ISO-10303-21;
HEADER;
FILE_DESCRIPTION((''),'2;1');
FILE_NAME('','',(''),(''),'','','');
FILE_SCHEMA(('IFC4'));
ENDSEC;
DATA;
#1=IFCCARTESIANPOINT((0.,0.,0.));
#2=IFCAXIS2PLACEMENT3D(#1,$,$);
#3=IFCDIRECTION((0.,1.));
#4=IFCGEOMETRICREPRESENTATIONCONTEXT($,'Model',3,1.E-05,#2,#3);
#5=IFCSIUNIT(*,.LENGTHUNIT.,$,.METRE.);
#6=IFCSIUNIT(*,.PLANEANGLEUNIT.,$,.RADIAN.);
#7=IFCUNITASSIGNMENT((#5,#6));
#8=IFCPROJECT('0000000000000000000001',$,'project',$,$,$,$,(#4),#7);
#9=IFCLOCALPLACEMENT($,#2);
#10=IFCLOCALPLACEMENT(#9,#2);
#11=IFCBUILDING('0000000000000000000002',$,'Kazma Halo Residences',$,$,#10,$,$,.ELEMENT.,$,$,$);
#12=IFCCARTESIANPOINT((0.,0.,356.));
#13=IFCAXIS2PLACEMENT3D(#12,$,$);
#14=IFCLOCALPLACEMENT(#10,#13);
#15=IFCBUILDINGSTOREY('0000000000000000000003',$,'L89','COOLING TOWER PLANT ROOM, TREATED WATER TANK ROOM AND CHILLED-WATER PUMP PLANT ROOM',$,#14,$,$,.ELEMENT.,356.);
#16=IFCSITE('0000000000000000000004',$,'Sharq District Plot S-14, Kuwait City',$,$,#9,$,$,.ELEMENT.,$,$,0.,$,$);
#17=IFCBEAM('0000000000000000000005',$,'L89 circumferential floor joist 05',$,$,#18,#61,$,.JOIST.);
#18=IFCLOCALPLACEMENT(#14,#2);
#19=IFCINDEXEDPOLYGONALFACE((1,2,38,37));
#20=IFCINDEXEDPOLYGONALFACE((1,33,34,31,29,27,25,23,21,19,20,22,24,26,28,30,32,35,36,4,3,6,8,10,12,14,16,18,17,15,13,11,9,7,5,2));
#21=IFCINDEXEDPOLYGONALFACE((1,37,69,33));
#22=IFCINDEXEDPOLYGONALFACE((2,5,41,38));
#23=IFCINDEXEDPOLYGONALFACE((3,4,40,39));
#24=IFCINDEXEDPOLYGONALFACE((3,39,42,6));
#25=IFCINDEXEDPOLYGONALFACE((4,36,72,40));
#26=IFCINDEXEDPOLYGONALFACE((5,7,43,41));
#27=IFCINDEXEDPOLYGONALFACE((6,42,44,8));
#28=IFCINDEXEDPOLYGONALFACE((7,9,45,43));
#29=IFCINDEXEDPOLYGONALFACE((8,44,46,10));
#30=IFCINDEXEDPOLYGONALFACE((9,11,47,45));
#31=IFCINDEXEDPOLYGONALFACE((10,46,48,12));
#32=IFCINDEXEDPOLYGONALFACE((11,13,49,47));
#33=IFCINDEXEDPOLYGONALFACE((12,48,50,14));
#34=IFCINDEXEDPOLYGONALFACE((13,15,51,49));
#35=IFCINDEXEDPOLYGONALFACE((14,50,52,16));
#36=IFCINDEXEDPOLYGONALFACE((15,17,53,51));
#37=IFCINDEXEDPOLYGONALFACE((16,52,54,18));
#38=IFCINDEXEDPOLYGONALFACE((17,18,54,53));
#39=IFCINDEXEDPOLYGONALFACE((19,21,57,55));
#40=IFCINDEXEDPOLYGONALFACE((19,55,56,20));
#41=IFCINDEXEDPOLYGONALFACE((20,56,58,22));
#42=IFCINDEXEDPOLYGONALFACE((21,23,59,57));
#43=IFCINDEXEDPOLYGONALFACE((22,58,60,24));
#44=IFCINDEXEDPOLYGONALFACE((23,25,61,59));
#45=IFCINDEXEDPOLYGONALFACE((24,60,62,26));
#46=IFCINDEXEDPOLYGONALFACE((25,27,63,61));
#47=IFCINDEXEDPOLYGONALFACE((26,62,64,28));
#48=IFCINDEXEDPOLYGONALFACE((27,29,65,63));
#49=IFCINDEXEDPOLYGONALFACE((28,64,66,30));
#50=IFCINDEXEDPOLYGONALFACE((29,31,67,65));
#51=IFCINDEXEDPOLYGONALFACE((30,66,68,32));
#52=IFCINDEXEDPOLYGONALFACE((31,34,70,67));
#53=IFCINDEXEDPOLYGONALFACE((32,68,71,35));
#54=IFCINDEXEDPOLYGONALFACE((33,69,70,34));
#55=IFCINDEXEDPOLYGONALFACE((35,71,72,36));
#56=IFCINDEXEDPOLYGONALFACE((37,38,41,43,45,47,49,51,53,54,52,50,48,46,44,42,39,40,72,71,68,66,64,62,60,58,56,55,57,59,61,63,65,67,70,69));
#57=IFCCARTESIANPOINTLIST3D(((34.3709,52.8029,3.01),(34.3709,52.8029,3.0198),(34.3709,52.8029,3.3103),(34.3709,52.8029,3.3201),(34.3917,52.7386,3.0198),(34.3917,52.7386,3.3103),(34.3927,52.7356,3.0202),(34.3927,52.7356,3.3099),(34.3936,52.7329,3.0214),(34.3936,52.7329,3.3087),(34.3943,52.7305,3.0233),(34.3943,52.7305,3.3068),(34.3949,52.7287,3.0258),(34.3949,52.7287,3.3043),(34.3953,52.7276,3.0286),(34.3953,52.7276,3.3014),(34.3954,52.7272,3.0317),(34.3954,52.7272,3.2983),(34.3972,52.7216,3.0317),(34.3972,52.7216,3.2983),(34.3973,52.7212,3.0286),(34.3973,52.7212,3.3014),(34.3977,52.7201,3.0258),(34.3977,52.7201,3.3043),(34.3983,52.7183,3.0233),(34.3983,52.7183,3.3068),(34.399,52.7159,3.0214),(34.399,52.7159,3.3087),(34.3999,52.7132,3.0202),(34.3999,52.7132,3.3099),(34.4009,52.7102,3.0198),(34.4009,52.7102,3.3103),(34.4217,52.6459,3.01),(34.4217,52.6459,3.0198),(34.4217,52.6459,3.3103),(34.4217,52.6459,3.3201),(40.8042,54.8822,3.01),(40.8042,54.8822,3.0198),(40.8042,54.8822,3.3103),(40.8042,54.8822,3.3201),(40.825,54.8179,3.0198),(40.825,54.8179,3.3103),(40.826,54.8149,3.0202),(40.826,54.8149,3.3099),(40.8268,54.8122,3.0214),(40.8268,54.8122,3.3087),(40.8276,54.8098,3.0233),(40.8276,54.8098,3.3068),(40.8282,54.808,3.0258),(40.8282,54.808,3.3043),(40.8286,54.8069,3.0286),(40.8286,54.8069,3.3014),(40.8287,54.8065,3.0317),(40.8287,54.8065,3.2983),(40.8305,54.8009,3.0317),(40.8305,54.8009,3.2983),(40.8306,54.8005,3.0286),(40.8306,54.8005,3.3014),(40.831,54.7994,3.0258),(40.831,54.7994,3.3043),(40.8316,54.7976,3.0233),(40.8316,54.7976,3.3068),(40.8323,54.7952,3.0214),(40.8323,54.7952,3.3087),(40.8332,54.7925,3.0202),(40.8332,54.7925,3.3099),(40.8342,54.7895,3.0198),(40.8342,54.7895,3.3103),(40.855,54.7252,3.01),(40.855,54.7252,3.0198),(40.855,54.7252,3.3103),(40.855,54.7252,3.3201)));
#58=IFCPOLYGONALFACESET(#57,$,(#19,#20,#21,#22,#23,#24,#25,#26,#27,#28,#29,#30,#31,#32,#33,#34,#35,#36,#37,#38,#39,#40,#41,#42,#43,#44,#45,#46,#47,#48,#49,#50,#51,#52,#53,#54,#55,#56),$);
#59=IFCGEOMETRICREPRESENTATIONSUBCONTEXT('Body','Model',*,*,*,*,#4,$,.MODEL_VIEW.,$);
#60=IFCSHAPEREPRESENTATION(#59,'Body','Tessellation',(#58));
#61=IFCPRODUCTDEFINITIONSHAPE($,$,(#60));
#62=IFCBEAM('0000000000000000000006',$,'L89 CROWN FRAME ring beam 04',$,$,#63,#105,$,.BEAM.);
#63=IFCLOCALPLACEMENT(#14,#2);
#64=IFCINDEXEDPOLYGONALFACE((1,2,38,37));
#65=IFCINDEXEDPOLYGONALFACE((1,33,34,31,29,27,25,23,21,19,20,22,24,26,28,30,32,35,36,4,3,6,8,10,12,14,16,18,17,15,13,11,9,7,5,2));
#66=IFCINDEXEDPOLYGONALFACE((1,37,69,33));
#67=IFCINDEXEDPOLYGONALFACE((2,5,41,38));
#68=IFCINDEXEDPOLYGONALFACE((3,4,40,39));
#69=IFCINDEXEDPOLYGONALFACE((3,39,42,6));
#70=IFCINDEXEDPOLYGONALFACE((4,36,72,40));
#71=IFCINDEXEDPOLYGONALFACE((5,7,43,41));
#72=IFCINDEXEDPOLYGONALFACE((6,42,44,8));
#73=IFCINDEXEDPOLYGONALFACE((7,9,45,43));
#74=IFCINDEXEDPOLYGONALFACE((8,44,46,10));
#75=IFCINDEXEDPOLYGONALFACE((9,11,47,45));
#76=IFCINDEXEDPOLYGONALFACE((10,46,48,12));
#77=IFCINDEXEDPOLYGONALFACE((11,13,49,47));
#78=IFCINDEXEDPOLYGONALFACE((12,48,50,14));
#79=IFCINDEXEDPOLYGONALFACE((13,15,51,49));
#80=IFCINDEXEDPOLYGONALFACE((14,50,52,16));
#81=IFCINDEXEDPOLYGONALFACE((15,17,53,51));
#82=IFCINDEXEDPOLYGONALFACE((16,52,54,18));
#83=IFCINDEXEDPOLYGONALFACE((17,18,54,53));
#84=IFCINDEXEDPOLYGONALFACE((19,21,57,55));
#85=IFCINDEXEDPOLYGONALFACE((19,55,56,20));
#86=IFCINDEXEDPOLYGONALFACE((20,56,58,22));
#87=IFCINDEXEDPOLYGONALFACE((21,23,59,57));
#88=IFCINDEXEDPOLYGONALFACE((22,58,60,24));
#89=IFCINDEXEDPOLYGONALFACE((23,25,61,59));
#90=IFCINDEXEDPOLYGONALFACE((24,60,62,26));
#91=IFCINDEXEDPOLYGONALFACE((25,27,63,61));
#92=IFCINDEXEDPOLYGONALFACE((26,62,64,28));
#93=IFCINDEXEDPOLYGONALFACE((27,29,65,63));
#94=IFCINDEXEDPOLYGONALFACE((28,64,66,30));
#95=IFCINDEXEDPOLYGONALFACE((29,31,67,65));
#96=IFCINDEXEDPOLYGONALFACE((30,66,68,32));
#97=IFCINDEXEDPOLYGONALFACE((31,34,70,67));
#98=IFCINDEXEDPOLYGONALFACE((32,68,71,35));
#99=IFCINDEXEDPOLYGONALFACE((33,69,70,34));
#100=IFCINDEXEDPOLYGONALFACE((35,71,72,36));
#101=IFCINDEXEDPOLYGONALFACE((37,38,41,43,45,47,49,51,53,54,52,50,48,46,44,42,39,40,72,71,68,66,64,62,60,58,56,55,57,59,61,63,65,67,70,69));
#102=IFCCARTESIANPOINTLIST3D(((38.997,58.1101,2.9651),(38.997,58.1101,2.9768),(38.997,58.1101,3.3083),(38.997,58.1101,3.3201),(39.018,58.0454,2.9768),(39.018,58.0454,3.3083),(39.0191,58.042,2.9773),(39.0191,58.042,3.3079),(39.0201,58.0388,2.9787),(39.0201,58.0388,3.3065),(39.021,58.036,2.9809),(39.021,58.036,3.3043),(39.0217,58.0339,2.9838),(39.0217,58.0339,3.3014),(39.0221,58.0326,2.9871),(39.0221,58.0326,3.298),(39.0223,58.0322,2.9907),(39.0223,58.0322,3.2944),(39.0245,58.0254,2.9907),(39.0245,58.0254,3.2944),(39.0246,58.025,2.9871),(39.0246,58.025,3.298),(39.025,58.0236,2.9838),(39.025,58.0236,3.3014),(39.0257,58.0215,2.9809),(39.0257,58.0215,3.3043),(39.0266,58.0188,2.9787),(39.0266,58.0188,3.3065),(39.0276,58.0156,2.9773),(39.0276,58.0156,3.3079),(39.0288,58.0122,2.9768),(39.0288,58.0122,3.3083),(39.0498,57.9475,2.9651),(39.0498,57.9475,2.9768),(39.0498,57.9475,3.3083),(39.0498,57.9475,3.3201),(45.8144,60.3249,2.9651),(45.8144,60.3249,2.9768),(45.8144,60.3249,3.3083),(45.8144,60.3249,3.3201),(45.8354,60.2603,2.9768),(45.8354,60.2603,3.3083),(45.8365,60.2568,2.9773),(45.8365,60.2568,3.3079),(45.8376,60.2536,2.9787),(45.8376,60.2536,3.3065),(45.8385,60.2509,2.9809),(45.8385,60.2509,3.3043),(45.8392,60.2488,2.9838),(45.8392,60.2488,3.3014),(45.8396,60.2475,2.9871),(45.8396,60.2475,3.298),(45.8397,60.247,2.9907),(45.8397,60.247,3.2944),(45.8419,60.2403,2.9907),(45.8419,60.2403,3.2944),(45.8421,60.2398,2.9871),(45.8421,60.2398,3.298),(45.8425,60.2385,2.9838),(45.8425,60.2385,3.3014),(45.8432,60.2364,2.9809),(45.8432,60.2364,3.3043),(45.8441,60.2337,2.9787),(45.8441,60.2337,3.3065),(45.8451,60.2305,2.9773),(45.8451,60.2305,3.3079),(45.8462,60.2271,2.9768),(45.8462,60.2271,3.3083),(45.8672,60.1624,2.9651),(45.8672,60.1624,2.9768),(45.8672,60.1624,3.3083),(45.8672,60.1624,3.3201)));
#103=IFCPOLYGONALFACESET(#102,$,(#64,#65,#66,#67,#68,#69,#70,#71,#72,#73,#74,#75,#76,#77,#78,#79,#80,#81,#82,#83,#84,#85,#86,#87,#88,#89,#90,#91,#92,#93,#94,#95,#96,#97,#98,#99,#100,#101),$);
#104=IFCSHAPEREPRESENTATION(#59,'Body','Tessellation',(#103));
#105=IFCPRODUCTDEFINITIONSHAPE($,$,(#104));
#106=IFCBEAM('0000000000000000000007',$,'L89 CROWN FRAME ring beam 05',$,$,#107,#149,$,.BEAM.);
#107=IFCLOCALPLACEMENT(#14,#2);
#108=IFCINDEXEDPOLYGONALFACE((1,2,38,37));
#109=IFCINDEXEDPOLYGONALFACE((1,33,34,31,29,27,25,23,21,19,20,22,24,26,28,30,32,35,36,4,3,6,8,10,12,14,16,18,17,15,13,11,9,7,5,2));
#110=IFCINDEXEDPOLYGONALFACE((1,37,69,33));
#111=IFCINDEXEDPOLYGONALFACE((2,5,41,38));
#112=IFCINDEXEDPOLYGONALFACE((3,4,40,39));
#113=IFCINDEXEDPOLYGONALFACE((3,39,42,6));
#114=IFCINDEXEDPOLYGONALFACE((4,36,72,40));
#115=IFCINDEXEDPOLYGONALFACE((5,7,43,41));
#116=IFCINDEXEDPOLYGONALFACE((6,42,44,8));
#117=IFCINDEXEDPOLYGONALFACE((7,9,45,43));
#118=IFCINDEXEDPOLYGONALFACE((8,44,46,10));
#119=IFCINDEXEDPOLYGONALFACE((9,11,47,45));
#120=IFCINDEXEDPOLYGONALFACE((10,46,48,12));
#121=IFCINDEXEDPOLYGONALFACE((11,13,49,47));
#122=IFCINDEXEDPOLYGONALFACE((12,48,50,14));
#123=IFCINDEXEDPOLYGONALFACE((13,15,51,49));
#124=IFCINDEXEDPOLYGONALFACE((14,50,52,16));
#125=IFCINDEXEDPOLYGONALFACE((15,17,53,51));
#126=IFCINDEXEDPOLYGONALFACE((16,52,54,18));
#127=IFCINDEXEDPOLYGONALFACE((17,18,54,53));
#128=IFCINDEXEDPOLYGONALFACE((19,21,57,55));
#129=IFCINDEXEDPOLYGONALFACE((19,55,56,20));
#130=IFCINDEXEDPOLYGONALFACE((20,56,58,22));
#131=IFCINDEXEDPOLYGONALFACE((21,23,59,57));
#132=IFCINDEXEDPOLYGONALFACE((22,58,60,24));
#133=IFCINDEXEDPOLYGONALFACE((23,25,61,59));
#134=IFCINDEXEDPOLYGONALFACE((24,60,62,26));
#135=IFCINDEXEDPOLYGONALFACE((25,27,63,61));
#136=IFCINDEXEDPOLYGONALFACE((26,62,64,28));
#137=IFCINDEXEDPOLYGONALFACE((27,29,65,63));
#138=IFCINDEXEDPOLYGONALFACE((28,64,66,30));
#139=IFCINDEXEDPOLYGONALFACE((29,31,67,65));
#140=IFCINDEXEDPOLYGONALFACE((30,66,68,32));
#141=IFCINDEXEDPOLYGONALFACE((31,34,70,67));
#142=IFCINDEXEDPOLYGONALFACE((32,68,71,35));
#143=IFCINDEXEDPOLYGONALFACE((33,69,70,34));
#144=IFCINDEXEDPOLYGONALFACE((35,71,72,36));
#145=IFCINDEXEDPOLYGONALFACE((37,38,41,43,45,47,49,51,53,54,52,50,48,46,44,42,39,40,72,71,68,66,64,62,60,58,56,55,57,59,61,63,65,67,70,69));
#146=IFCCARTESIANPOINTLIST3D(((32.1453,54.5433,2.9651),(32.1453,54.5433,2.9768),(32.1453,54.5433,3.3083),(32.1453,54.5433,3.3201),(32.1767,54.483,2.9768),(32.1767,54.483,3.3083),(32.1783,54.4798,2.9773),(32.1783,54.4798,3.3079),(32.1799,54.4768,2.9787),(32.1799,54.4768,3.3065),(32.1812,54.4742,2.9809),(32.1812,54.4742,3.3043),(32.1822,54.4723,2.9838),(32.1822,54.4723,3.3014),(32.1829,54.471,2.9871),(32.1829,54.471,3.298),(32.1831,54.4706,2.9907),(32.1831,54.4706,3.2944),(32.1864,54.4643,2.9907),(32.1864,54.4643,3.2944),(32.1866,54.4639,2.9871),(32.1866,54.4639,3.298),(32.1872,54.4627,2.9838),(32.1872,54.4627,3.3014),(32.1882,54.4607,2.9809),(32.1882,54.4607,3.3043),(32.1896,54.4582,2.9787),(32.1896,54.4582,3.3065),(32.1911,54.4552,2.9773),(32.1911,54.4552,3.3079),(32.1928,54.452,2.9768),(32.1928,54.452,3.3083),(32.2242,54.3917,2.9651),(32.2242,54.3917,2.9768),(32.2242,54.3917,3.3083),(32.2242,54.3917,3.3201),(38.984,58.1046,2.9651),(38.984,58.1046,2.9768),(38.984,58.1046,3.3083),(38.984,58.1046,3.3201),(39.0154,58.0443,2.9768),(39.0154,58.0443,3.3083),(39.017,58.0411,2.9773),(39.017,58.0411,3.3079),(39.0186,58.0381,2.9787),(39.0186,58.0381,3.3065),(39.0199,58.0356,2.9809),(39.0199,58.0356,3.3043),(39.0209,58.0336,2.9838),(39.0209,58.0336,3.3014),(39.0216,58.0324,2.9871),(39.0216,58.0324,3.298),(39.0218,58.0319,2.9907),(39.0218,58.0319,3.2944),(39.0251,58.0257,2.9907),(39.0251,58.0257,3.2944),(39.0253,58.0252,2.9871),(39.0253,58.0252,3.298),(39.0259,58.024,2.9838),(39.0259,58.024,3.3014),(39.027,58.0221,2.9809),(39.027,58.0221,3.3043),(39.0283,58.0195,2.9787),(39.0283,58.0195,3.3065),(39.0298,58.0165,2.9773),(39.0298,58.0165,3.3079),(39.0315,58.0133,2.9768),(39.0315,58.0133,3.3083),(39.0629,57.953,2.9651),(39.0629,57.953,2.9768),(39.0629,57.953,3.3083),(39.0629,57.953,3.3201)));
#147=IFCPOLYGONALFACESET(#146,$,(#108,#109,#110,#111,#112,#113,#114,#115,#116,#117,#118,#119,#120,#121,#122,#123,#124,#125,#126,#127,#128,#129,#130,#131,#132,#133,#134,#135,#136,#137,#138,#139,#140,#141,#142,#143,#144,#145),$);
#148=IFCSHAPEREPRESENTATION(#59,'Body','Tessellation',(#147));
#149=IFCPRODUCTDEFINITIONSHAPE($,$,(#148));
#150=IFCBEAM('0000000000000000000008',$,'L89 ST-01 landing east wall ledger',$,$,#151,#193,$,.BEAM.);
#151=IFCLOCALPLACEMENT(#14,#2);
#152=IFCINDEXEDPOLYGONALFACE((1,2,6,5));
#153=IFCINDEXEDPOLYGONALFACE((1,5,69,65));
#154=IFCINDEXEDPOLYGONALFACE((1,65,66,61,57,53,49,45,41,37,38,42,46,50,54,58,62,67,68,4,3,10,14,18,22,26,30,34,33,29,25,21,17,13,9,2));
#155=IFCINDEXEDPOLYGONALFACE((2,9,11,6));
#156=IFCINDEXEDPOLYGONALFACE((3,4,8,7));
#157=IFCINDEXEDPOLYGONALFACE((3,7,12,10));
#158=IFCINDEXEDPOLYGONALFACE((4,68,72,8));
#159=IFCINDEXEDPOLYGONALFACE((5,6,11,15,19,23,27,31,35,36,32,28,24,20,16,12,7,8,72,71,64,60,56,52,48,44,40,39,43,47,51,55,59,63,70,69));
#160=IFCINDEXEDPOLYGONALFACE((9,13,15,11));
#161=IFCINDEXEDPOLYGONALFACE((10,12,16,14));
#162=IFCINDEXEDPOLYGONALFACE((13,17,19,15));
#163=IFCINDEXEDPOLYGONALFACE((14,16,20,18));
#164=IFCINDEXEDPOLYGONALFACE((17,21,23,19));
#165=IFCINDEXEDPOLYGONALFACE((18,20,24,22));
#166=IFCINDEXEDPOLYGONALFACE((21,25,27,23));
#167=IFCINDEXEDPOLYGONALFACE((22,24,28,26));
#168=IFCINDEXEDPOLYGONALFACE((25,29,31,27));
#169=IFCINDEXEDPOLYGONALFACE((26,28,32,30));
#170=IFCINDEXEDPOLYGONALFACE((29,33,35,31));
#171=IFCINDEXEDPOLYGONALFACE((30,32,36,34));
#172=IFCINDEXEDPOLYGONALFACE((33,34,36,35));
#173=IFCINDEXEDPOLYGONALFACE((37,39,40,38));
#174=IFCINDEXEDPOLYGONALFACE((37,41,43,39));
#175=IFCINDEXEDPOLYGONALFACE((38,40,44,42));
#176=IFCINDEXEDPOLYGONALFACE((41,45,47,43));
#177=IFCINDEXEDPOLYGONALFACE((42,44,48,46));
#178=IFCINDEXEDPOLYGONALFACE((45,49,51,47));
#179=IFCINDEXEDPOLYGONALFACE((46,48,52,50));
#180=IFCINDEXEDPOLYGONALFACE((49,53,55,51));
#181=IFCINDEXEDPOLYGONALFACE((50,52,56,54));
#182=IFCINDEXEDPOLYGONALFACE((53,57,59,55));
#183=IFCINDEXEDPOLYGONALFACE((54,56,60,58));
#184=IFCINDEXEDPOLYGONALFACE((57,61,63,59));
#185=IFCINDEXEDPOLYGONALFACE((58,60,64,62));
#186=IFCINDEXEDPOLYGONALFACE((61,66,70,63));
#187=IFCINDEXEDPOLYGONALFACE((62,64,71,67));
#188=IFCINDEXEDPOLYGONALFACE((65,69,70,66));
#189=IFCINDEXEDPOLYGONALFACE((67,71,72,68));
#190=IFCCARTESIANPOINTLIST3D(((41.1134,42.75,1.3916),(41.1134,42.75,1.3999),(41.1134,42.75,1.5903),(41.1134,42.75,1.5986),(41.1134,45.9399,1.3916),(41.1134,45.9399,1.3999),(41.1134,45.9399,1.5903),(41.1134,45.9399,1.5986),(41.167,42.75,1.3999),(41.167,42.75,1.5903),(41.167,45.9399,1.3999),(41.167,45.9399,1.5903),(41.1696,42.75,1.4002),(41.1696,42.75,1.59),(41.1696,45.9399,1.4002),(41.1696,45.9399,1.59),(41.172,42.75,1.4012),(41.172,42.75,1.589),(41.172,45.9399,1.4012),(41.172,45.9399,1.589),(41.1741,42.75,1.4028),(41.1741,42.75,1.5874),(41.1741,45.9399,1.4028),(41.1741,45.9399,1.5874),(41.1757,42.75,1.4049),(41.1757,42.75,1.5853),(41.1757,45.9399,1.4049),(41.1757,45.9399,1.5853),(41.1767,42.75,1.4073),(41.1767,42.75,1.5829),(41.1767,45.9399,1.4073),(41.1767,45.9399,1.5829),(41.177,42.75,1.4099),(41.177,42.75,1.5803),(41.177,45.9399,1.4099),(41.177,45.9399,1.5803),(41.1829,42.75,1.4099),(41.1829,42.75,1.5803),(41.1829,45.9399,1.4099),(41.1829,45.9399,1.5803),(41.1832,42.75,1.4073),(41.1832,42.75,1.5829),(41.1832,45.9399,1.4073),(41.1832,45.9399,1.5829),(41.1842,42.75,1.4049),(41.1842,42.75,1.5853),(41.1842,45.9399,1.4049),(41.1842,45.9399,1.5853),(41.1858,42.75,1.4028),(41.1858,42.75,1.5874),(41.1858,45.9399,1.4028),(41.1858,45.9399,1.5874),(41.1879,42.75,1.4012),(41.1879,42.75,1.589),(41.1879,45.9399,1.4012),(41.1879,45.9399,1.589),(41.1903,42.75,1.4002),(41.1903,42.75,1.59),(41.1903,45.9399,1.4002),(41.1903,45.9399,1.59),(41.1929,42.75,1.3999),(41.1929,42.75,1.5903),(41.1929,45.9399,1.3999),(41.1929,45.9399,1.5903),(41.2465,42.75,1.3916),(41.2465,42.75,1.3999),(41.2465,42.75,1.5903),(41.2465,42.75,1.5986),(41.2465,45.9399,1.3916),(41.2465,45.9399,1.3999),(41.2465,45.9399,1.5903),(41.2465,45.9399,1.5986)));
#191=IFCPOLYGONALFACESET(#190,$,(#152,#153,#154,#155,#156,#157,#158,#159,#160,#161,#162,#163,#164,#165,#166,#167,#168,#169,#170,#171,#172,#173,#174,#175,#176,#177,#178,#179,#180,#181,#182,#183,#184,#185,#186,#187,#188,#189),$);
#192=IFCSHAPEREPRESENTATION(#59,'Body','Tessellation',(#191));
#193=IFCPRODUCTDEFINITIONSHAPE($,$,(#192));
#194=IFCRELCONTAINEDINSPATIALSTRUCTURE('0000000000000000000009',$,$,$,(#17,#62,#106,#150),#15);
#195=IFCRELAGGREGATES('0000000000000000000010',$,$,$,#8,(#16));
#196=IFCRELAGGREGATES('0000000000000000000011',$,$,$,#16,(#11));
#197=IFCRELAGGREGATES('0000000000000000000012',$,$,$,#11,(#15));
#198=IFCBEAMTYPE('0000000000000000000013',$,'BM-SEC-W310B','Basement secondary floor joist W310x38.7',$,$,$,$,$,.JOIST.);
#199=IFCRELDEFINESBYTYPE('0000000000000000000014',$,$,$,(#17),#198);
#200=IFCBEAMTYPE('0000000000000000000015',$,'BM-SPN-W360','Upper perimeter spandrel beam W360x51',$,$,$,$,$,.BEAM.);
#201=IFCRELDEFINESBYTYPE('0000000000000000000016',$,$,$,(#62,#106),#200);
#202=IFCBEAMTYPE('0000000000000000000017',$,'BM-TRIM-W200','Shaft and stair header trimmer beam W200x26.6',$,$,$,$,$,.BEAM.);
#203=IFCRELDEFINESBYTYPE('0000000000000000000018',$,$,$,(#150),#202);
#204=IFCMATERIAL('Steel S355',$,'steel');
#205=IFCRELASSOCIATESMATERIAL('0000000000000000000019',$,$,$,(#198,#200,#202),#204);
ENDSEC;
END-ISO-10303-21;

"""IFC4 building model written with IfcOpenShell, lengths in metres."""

from ifc_helpers import new_model, si_unit, direction, frame, origin, origin_2d, place, context, subcontext, project, spatial, i_section, extrude, material, material_profile, profile_set, type_object, element, save


model = new_model("IFC4")

# Units and contexts
model_context = context("Model", 3, precision=1e-05, world=origin(), true_north=direction((0.0, 1.0)))
body_context = subcontext(model_context, "Body", "Model", "MODEL_VIEW")
ifc_project = project(units=[si_unit("LENGTHUNIT", "METRE"), si_unit("PLANEANGLEUNIT", "RADIAN")], contexts=[model_context])

# Site, building, storey
site_placement = place(None, origin())
site = spatial("IfcSite", under=ifc_project, at=site_placement, Name="Sharq District Plot S-14, Kuwait City", CompositionType="ELEMENT", RefElevation=0.0)
building_placement = place(site_placement, origin())
building = spatial("IfcBuilding", under=site, at=building_placement, Name="Kazma Halo Residences", CompositionType="ELEMENT")
storey_placement = place(building_placement, frame((0.0, 0.0, 356.0)))
storey = spatial("IfcBuildingStorey", under=building, at=storey_placement, Name="L89", Description="COOLING TOWER PLANT ROOM, TREATED WATER TANK ROOM AND CHILLED-WATER PUMP PLANT ROOM", CompositionType="ELEMENT", Elevation=356.0)

# Shared definitions
ifc_material_1 = material(Name="Steel S355", Category="steel")

# Beams
ifc_material_profile_1 = material_profile(ifc_material_1, i_section(OverallWidth=0.165, OverallDepth=0.3101, WebThickness=0.0059, FlangeThickness=0.0098, FilletRadius=0.012, at=origin_2d()), Name="W310x38.7")
ifc_profile_set_1 = profile_set([ifc_material_profile_1], Name="Steel S355")
beam_type_1 = type_object("IfcBeamType", Name="BM-SEC-W310B", Description="Basement secondary floor joist W310x38.7", PredefinedType="JOIST", material=ifc_profile_set_1)
beam_1_placement = place(storey_placement, frame((40.8296, 54.8037, 3.165), z_axis=(-0.951533, -0.307548, 0.0), x_axis=(0.307548, -0.951533, 0.0)))
element("IfcBeam", 1, at=beam_1_placement, inside=storey, type_object=beam_type_1, Name="L89 circumferential floor joist 05", PredefinedType="JOIST", context=body_context, shape_type="SweptSolid", body=[
    extrude(i_section(OverallWidth=0.165, OverallDepth=0.3101, WebThickness=0.0059, FlangeThickness=0.0098, FilletRadius=0.012, at=origin_2d()), origin(), (0.0, 0.0, 1.0), 6.761),
])
ifc_material_profile_2 = material_profile(ifc_material_1, i_section(OverallWidth=0.1709, OverallDepth=0.355, WebThickness=0.0071, FlangeThickness=0.0117, FilletRadius=0.0139, at=origin_2d()), Name="W360x51")
ifc_profile_set_2 = profile_set([ifc_material_profile_2], Name="Steel S355")
beam_type_2 = type_object("IfcBeamType", Name="BM-SPN-W360", Description="Upper perimeter spandrel beam W360x51", PredefinedType="BEAM", material=ifc_profile_set_2)
beam_2_placement = place(storey_placement, frame((45.8408, 60.2437, 3.1426), z_axis=(-0.951067, -0.308984, 0.0), x_axis=(0.308984, -0.951067, 0.0)))
element("IfcBeam", 2, at=beam_2_placement, inside=storey, type_object=beam_type_2, Name="L89 CROWN FRAME ring beam 04", PredefinedType="BEAM", context=body_context, shape_type="SweptSolid", body=[
    extrude(i_section(OverallWidth=0.1709, OverallDepth=0.355, WebThickness=0.0071, FlangeThickness=0.0117, FilletRadius=0.0139, at=origin_2d()), origin(), (0.0, 0.0, 1.0), 7.1682),
])
beam_3_placement = place(storey_placement, frame((39.0234, 58.0288, 3.1426), z_axis=(-0.886941, -0.461883, 0.0), x_axis=(0.461883, -0.886941, 0.0)))
element("IfcBeam", 3, at=beam_3_placement, inside=storey, type_object=beam_type_2, Name="L89 CROWN FRAME ring beam 05", PredefinedType="BEAM", context=body_context, shape_type="SweptSolid", body=[
    extrude(i_section(OverallWidth=0.1709, OverallDepth=0.355, WebThickness=0.0071, FlangeThickness=0.0117, FilletRadius=0.0139, at=origin_2d()), origin(), (0.0, 0.0, 1.0), 7.7104),
])
ifc_material_profile_3 = material_profile(ifc_material_1, i_section(OverallWidth=0.1331, OverallDepth=0.207, WebThickness=0.0059, FlangeThickness=0.0083, FilletRadius=0.01, at=origin_2d()), Name="W200x26.6")
ifc_profile_set_3 = profile_set([ifc_material_profile_3], Name="Steel S355")
beam_type_3 = type_object("IfcBeamType", Name="BM-TRIM-W200", Description="Shaft and stair header trimmer beam W200x26.6", PredefinedType="BEAM", material=ifc_profile_set_3)
beam_4_placement = place(storey_placement, frame((41.1799, 42.75, 1.4951), z_axis=(0.0, 1.0, 0.0), x_axis=(-1.0, 0.0, 0.0)))
element("IfcBeam", 4, at=beam_4_placement, inside=storey, type_object=beam_type_3, Name="L89 ST-01 landing east wall ledger", PredefinedType="BEAM", context=body_context, shape_type="SweptSolid", body=[
    extrude(i_section(OverallWidth=0.1331, OverallDepth=0.207, WebThickness=0.0059, FlangeThickness=0.0083, FilletRadius=0.01, at=origin_2d()), origin(), (0.0, 0.0, 1.0), 3.1899),
])

save(model, "model.ifc")
